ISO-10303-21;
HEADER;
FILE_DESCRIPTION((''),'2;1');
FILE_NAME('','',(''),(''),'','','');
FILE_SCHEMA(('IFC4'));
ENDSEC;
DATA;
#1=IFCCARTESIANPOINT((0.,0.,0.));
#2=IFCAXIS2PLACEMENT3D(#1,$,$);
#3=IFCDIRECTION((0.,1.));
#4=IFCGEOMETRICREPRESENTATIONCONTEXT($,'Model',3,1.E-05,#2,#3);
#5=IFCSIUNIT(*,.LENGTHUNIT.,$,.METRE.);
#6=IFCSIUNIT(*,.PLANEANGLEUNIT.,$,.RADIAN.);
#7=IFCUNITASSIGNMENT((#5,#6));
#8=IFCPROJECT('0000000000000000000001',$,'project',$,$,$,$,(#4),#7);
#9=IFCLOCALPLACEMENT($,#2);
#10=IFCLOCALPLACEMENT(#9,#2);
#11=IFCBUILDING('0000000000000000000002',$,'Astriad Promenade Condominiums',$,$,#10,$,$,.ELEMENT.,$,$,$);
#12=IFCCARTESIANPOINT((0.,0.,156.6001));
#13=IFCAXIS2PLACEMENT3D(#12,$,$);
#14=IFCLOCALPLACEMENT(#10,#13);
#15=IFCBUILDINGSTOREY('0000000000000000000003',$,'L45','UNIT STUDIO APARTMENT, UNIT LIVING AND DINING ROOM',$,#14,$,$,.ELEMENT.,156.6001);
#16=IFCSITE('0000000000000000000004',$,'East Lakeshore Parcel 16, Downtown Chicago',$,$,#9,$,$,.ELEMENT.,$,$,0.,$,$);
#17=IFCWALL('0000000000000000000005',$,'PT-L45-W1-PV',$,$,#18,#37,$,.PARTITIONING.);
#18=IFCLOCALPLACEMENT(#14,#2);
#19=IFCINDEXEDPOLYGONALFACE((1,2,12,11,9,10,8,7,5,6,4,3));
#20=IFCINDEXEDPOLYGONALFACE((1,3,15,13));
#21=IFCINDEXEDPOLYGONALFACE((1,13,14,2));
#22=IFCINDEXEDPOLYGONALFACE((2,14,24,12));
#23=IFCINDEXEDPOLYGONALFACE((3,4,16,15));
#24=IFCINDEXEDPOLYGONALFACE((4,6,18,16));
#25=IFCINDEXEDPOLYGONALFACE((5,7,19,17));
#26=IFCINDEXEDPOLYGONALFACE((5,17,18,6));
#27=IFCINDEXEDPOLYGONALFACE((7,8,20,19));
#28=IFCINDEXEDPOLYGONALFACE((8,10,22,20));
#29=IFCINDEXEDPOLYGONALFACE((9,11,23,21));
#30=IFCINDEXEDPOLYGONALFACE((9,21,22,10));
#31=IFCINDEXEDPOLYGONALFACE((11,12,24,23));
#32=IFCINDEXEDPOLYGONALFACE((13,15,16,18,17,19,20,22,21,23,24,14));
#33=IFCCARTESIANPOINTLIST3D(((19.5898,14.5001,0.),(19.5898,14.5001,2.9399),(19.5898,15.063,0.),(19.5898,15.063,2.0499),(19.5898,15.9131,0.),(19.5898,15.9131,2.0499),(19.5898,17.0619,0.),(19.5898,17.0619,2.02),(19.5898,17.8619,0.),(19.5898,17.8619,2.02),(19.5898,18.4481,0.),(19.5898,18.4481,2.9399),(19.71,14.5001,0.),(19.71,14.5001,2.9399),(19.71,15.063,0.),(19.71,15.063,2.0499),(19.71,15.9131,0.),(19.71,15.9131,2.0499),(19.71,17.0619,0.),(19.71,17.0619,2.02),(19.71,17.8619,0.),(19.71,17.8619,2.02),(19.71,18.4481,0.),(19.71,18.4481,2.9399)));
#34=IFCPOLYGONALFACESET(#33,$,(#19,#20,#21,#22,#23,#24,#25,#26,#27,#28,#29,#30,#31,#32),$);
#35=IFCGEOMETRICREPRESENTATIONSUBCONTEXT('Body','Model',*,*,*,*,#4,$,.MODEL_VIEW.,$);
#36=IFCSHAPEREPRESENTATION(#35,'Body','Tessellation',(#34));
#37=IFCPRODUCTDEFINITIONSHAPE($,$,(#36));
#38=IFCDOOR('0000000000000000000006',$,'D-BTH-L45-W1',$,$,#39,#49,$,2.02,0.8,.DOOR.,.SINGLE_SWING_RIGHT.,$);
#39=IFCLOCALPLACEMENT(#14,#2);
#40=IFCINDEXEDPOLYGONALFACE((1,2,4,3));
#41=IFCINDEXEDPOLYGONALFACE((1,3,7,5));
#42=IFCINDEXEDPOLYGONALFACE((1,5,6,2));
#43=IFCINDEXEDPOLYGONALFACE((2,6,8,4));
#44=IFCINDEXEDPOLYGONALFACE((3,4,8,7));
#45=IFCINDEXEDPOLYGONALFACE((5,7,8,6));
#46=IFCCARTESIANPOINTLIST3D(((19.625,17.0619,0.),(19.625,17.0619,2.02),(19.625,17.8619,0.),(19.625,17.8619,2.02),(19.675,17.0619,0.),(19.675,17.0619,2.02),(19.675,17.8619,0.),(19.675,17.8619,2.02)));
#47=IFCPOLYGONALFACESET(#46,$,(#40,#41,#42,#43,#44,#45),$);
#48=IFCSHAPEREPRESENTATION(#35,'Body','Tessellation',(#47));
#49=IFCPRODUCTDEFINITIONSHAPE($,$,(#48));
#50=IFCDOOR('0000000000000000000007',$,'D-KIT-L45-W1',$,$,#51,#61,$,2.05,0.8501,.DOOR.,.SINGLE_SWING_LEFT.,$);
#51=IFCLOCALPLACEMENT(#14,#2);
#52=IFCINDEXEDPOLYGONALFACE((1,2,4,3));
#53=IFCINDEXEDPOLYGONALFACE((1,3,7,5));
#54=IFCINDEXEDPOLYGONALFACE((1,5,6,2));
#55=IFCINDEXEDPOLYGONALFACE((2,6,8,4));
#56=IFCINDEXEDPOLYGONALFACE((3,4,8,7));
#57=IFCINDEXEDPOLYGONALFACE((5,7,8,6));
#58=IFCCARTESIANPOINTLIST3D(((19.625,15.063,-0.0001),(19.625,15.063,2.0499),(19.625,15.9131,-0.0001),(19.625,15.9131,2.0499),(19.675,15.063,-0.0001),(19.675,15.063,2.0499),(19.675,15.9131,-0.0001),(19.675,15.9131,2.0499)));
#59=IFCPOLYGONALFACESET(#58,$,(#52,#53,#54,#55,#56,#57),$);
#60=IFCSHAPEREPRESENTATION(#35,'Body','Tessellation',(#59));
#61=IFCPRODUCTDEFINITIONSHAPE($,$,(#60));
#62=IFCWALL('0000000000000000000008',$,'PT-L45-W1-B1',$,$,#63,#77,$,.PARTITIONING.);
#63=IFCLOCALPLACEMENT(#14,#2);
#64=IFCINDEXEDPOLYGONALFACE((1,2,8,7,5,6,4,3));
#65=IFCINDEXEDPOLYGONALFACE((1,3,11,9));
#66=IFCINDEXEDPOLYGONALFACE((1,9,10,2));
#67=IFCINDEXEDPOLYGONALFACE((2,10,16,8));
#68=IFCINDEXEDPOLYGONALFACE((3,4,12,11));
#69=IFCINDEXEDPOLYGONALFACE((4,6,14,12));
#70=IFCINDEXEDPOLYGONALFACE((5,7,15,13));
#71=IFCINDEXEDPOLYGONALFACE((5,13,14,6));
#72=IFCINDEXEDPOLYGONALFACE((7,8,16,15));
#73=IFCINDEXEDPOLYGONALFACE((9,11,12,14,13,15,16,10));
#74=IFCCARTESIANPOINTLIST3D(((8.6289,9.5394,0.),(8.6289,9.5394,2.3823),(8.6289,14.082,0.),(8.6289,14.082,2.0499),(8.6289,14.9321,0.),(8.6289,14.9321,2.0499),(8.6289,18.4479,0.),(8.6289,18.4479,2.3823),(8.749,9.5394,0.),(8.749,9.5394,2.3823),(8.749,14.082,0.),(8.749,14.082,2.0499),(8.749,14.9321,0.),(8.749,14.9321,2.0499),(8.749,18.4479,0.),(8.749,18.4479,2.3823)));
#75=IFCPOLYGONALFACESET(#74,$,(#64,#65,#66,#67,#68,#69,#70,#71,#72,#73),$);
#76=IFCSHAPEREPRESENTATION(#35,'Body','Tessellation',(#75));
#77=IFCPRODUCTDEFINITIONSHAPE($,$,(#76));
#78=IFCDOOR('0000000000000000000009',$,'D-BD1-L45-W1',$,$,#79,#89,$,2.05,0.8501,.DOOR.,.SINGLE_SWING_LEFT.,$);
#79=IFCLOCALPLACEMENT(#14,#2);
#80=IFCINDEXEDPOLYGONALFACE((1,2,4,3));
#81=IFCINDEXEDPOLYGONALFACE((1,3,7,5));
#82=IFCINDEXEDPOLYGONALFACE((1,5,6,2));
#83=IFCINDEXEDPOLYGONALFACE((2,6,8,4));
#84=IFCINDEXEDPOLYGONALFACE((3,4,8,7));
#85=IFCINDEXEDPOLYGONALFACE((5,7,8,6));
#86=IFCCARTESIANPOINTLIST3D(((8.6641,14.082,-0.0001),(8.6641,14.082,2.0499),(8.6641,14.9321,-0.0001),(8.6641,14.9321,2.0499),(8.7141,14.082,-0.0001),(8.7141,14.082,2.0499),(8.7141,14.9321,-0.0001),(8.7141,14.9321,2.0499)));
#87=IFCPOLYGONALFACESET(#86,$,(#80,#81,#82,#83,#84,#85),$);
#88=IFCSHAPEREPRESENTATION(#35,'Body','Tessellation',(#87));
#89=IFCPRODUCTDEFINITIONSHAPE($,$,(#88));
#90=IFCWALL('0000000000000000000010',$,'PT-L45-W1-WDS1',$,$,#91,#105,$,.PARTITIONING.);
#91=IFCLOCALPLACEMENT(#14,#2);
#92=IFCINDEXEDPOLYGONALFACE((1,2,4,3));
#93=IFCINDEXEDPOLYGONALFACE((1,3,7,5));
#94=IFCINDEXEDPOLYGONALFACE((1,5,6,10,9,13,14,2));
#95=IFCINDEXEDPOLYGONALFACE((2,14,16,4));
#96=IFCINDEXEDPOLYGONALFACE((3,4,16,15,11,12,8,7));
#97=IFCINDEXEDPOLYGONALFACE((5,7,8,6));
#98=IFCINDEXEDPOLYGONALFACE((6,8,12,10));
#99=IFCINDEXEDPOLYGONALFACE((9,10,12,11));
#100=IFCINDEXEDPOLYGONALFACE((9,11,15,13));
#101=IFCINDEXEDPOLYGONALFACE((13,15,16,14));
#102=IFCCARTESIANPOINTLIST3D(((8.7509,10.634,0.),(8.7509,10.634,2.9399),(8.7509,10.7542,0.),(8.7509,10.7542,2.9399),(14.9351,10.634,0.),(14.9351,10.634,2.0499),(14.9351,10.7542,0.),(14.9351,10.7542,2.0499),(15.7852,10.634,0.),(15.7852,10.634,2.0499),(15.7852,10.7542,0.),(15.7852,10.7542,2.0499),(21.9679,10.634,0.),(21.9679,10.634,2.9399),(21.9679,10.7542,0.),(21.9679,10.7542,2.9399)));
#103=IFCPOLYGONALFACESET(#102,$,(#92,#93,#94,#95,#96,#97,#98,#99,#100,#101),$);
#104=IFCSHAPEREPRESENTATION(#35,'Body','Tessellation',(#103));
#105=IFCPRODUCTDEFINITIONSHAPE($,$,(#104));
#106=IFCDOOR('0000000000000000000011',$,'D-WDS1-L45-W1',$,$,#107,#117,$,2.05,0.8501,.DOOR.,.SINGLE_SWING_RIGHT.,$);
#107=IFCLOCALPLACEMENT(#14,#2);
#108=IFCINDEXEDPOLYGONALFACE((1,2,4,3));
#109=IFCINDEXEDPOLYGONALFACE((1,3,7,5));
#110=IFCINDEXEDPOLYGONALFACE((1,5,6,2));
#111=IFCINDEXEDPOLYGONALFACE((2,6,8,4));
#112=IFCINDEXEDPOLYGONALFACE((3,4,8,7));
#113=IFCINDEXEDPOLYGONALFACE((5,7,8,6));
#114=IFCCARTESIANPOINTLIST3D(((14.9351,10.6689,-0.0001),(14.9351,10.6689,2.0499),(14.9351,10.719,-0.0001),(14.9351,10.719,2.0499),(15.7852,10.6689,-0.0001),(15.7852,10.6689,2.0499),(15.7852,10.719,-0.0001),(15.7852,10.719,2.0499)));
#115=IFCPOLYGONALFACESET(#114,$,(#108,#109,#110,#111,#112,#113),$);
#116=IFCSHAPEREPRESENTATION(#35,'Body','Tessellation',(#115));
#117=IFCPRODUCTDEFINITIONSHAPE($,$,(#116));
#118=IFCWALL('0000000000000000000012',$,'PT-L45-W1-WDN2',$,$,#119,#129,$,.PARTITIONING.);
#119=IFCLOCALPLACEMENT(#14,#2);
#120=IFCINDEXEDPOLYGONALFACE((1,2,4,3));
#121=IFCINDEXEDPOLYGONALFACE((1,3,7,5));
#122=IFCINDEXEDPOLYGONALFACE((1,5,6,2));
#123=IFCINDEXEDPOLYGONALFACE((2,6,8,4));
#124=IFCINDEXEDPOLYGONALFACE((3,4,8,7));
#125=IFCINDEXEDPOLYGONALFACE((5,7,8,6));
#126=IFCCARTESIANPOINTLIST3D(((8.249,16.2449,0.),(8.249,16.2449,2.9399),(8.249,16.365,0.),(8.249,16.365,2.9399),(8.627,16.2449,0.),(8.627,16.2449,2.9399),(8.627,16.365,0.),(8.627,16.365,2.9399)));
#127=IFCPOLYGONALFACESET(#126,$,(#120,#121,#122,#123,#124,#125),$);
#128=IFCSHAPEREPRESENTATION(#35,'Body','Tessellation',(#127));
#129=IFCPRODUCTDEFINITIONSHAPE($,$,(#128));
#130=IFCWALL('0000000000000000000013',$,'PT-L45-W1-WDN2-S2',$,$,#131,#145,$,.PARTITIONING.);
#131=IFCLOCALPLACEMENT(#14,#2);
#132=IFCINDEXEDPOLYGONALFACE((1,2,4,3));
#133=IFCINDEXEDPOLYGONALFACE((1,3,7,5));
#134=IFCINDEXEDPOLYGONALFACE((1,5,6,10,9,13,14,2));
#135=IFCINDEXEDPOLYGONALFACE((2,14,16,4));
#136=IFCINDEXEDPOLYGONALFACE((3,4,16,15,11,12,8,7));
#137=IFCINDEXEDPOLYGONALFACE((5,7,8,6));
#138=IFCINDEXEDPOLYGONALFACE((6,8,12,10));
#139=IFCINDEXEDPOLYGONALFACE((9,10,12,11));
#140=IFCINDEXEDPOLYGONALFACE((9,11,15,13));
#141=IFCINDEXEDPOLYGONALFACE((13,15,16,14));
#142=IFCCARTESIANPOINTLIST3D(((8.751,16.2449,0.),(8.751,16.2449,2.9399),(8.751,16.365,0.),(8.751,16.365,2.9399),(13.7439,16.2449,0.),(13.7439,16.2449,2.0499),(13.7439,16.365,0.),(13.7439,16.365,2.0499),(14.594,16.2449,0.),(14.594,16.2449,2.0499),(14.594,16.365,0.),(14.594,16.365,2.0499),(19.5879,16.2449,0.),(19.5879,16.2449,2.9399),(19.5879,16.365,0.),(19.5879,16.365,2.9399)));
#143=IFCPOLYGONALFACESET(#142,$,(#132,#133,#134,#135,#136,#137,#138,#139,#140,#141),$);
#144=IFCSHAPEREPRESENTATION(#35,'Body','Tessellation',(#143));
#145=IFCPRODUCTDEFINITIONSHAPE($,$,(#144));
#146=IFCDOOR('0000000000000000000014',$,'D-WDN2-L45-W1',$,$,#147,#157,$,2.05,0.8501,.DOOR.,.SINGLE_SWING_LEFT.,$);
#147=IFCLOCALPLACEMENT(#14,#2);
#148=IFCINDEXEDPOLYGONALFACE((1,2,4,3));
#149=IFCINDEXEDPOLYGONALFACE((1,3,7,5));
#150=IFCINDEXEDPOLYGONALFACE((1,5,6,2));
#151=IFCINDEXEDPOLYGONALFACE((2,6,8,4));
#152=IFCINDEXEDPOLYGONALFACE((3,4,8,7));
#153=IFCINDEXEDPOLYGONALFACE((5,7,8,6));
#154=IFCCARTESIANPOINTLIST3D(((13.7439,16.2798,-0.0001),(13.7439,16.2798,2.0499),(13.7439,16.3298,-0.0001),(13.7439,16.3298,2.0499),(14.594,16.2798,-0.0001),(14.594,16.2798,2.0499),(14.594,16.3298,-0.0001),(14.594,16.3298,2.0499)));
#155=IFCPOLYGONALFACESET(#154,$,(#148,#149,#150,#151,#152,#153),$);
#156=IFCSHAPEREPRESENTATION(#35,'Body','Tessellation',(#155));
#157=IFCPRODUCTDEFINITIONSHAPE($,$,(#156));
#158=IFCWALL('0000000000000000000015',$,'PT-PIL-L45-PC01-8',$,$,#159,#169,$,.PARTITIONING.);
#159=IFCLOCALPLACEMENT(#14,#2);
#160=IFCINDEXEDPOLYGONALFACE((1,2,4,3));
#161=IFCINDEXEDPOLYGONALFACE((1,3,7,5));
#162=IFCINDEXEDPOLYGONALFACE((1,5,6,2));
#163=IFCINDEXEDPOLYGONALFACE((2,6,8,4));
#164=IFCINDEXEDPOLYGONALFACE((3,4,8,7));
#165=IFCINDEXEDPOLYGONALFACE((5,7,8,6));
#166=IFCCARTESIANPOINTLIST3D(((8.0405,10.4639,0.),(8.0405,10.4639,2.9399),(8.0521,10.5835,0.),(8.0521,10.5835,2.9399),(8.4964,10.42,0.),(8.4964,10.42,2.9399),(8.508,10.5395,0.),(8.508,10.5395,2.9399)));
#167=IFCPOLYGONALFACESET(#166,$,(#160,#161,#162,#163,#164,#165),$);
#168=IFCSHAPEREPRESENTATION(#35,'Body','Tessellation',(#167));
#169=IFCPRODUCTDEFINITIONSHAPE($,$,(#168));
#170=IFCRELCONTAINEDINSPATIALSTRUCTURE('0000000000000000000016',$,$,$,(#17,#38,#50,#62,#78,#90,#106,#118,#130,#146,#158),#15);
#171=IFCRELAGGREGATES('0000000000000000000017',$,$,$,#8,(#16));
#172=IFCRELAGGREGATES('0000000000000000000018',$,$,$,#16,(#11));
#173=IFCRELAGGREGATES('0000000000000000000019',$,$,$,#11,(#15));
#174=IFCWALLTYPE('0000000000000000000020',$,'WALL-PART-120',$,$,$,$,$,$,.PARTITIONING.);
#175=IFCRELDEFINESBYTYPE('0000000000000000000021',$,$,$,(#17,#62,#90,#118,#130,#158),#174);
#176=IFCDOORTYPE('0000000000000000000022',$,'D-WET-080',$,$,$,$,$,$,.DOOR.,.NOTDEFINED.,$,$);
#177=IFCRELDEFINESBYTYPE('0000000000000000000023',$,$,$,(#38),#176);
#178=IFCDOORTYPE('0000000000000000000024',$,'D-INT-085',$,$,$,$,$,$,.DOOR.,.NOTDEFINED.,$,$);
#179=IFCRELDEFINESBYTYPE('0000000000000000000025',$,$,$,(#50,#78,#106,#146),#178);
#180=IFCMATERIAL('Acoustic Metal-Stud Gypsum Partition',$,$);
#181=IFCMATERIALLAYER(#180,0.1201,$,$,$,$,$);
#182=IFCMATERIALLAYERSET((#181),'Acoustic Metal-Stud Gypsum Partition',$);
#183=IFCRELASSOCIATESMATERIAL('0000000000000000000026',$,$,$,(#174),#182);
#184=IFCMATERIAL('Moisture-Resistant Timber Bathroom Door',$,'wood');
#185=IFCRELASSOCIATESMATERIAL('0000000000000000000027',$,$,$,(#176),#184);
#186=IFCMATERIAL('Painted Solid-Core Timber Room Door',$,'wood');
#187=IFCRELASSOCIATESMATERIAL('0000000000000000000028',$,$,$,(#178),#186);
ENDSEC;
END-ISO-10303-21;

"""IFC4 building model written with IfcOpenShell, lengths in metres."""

from ifc_helpers import new_model, si_unit, direction, frame, frame_2d, origin, place, context, subcontext, project, spatial, rectangle, extrude, source, transform, mapped, material, layer, layer_set, type_object, type_shapes, element, fill, save


model = new_model("IFC4")

# Units and contexts
model_context = context("Model", 3, precision=1e-05, world=origin(), true_north=direction((0.0, 1.0)))
body_context = subcontext(model_context, "Body", "Model", "MODEL_VIEW")
ifc_project = project(units=[si_unit("LENGTHUNIT", "METRE"), si_unit("PLANEANGLEUNIT", "RADIAN")], contexts=[model_context])

# Site, building, storey
site_placement = place(None, origin())
site = spatial("IfcSite", under=ifc_project, at=site_placement, Name="East Lakeshore Parcel 16, Downtown Chicago", CompositionType="ELEMENT", RefElevation=0.0)
building_placement = place(site_placement, origin())
building = spatial("IfcBuilding", under=site, at=building_placement, Name="Astriad Promenade Condominiums", CompositionType="ELEMENT")
storey_placement = place(building_placement, frame((0.0, 0.0, 156.6001)))
storey = spatial("IfcBuildingStorey", under=building, at=storey_placement, Name="L45", Description="UNIT STUDIO APARTMENT, UNIT LIVING AND DINING ROOM", CompositionType="ELEMENT", Elevation=156.6001)

# Wall, openings, doors
ifc_material_1 = material(Name="Acoustic Metal-Stud Gypsum Partition")
ifc_layer_1 = layer(ifc_material_1, 0.1201)
ifc_layer_set_1 = layer_set([ifc_layer_1], Name="Acoustic Metal-Stud Gypsum Partition")
wall_type_1 = type_object("IfcWallType", Name="WALL-PART-120", PredefinedType="PARTITIONING", material=ifc_layer_set_1)
wall_1_placement = place(storey_placement, frame((19.6499, 14.5, 0.0), z_axis=(0.0, 0.0, 1.0), x_axis=(0.0, 1.0, 0.0)))
wall_1 = element("IfcWall", 1, at=wall_1_placement, inside=storey, type_object=wall_type_1, Name="PT-L45-W1-PV", PredefinedType="PARTITIONING", context=body_context, shape_type="SweptSolid", body=[
    extrude(rectangle(XDim=3.948, YDim=0.1201, at=frame_2d((1.9741, 0.0))), origin(), (0.0, 0.0, 1.0), 2.9399),
])
opening_1_placement = place(wall_1_placement, frame((0.563, 0.0, 0.0)))
opening_1 = element("IfcOpeningElement", 2, at=opening_1_placement, cuts=wall_1, PredefinedType="OPENING", context=body_context, shape_type="SweptSolid", body=[
    extrude(rectangle(XDim=0.8501, YDim=2.05, at=frame_2d((0.425, 1.0249))), frame((0.0, 0.0701, 0.0), z_axis=(0.0, -1.0, 0.0), x_axis=(1.0, 0.0, 0.0)), (0.0, 0.0, 1.0), 0.1401),
])
opening_2_placement = place(wall_1_placement, frame((2.562, 0.0, 0.0)))
opening_2 = element("IfcOpeningElement", 3, at=opening_2_placement, cuts=wall_1, PredefinedType="OPENING", context=body_context, shape_type="SweptSolid", body=[
    extrude(rectangle(XDim=0.8, YDim=2.02, at=frame_2d((0.3999, 1.01))), frame((0.0, 0.0701, 0.0), z_axis=(0.0, -1.0, 0.0), x_axis=(1.0, 0.0, 0.0)), (0.0, 0.0, 1.0), 0.1401),
])
ifc_material_2 = material(Name="Moisture-Resistant Timber Bathroom Door", Category="wood")
door_type_1 = type_object("IfcDoorType", Name="D-WET-080", OperationType="NOTDEFINED", PredefinedType="DOOR", material=ifc_material_2)
shared_shape_1 = source(origin(), body_context, "Body", "SweptSolid", [
    extrude(rectangle(XDim=0.8, YDim=2.02, at=frame_2d((0.3999, 1.01))), frame((0.0, 0.0249, 0.0), z_axis=(0.0, -1.0, 0.0), x_axis=(1.0, 0.0, 0.0)), (0.0, 0.0, 1.0), 0.05),
])
type_shapes(door_type_1, [shared_shape_1])
door_1_placement = place(opening_2_placement, origin())
door_1 = element("IfcDoor", 4, at=door_1_placement, inside=storey, type_object=door_type_1, Name="D-BTH-L45-W1", OperationType="SINGLE_SWING_RIGHT", OverallHeight=2.02, OverallWidth=0.8, PredefinedType="DOOR", context=body_context, shape_type="MappedRepresentation", body=[
    mapped(shared_shape_1, transform((0.0, 0.0, 0.0), scale=1.0)),
])
fill(opening_2, door_1)
ifc_material_3 = material(Name="Painted Solid-Core Timber Room Door", Category="wood")
door_type_2 = type_object("IfcDoorType", Name="D-INT-085", OperationType="NOTDEFINED", PredefinedType="DOOR", material=ifc_material_3)
shared_shape_2 = source(origin(), body_context, "Body", "SweptSolid", [
    extrude(rectangle(XDim=0.8501, YDim=2.05, at=frame_2d((0.425, 1.0249))), frame((0.0, 0.0249, 0.0), z_axis=(0.0, -1.0, 0.0), x_axis=(1.0, 0.0, 0.0)), (0.0, 0.0, 1.0), 0.05),
])
type_shapes(door_type_2, [shared_shape_2])
door_2_placement = place(opening_1_placement, origin())
door_2 = element("IfcDoor", 5, at=door_2_placement, inside=storey, type_object=door_type_2, Name="D-KIT-L45-W1", OperationType="SINGLE_SWING_LEFT", OverallHeight=2.05, OverallWidth=0.8501, PredefinedType="DOOR", context=body_context, shape_type="MappedRepresentation", body=[
    mapped(shared_shape_2, transform((0.0, 0.0, 0.0), scale=1.0)),
])
fill(opening_1, door_2)

# Walls, openings, doors
wall_2_placement = place(storey_placement, frame((8.689, 9.5396, 0.0), z_axis=(0.0, 0.0, 1.0), x_axis=(0.0, 1.0, 0.0)))
wall_2 = element("IfcWall", 6, at=wall_2_placement, inside=storey, type_object=wall_type_1, Name="PT-L45-W1-B1", PredefinedType="PARTITIONING", context=body_context, shape_type="SweptSolid", body=[
    extrude(rectangle(XDim=8.9084, YDim=0.1201, at=frame_2d((4.4541, 0.0))), origin(), (0.0, 0.0, 1.0), 2.3823),
])
opening_3_placement = place(wall_2_placement, frame((4.5425, 0.0, 0.0)))
opening_3 = element("IfcOpeningElement", 7, at=opening_3_placement, cuts=wall_2, PredefinedType="OPENING", context=body_context, shape_type="SweptSolid", body=[
    extrude(rectangle(XDim=0.8501, YDim=2.05, at=frame_2d((0.425, 1.0249))), frame((0.0, 0.0701, 0.0), z_axis=(0.0, -1.0, 0.0), x_axis=(1.0, 0.0, 0.0)), (0.0, 0.0, 1.0), 0.1401),
])
door_3_placement = place(opening_3_placement, origin())
door_3 = element("IfcDoor", 8, at=door_3_placement, inside=storey, type_object=door_type_2, Name="D-BD1-L45-W1", OperationType="SINGLE_SWING_LEFT", OverallHeight=2.05, OverallWidth=0.8501, PredefinedType="DOOR", context=body_context, shape_type="MappedRepresentation", body=[
    mapped(shared_shape_2, transform((0.0, 0.0, 0.0), scale=1.0)),
])
fill(opening_3, door_3)
wall_3_placement = place(storey_placement, frame((8.751, 10.6941, 0.0), z_axis=(0.0, 0.0, 1.0), x_axis=(1.0, 0.0, 0.0)))
wall_3 = element("IfcWall", 9, at=wall_3_placement, inside=storey, type_object=wall_type_1, Name="PT-L45-W1-WDS1", PredefinedType="PARTITIONING", context=body_context, shape_type="SweptSolid", body=[
    extrude(rectangle(XDim=13.217, YDim=0.1201, at=frame_2d((6.6084, 0.0))), origin(), (0.0, 0.0, 1.0), 2.9399),
])
opening_4_placement = place(wall_3_placement, frame((6.1841, 0.0, 0.0)))
opening_4 = element("IfcOpeningElement", 10, at=opening_4_placement, cuts=wall_3, PredefinedType="OPENING", context=body_context, shape_type="SweptSolid", body=[
    extrude(rectangle(XDim=0.8501, YDim=2.05, at=frame_2d((0.425, 1.0249))), frame((0.0, 0.0701, 0.0), z_axis=(0.0, -1.0, 0.0), x_axis=(1.0, 0.0, 0.0)), (0.0, 0.0, 1.0), 0.1401),
])
door_4_placement = place(opening_4_placement, origin())
door_4 = element("IfcDoor", 11, at=door_4_placement, inside=storey, type_object=door_type_2, Name="D-WDS1-L45-W1", OperationType="SINGLE_SWING_RIGHT", OverallHeight=2.05, OverallWidth=0.8501, PredefinedType="DOOR", context=body_context, shape_type="MappedRepresentation", body=[
    mapped(shared_shape_2, transform((0.0, 0.0, 0.0), scale=1.0)),
])
fill(opening_4, door_4)

# Wall
wall_4_placement = place(storey_placement, frame((8.249, 16.3049, 0.0), z_axis=(0.0, 0.0, 1.0), x_axis=(1.0, 0.0, 0.0)))
element("IfcWall", 12, at=wall_4_placement, inside=storey, type_object=wall_type_1, Name="PT-L45-W1-WDN2", PredefinedType="PARTITIONING", context=body_context, shape_type="SweptSolid", body=[
    extrude(rectangle(XDim=0.3779, YDim=0.1201, at=frame_2d((0.189, 0.0))), origin(), (0.0, 0.0, 1.0), 2.9399),
])

# Wall, opening, door
wall_5_placement = place(storey_placement, frame((8.751, 16.3049, 0.0), z_axis=(0.0, 0.0, 1.0), x_axis=(1.0, 0.0, 0.0)))
wall_5 = element("IfcWall", 13, at=wall_5_placement, inside=storey, type_object=wall_type_1, Name="PT-L45-W1-WDN2-S2", PredefinedType="PARTITIONING", context=body_context, shape_type="SweptSolid", body=[
    extrude(rectangle(XDim=10.8369, YDim=0.1201, at=frame_2d((5.4185, 0.0))), origin(), (0.0, 0.0, 1.0), 2.9399),
])
opening_5_placement = place(wall_5_placement, frame((4.9929, 0.0, 0.0)))
opening_5 = element("IfcOpeningElement", 14, at=opening_5_placement, cuts=wall_5, PredefinedType="OPENING", context=body_context, shape_type="SweptSolid", body=[
    extrude(rectangle(XDim=0.8501, YDim=2.05, at=frame_2d((0.425, 1.0249))), frame((0.0, 0.0701, 0.0), z_axis=(0.0, -1.0, 0.0), x_axis=(1.0, 0.0, 0.0)), (0.0, 0.0, 1.0), 0.1401),
])
door_5_placement = place(opening_5_placement, origin())
door_5 = element("IfcDoor", 15, at=door_5_placement, inside=storey, type_object=door_type_2, Name="D-WDN2-L45-W1", OperationType="SINGLE_SWING_LEFT", OverallHeight=2.05, OverallWidth=0.8501, PredefinedType="DOOR", context=body_context, shape_type="MappedRepresentation", body=[
    mapped(shared_shape_2, transform((0.0, 0.0, 0.0), scale=1.0)),
])
fill(opening_5, door_5)

# Wall
wall_6_placement = place(storey_placement, frame((8.5022, 10.4797, 0.0), z_axis=(0.0, 0.0, 1.0), x_axis=(-0.995385, 0.095966, 0.0)))
element("IfcWall", 16, at=wall_6_placement, inside=storey, type_object=wall_type_1, Name="PT-PIL-L45-PC01-8", PredefinedType="PARTITIONING", context=body_context, shape_type="SweptSolid", body=[
    extrude(rectangle(XDim=0.458, YDim=0.1201, at=frame_2d((0.229, 0.0))), origin(), (0.0, 0.0, 1.0), 2.9399),
])

save(model, "model.ifc")
